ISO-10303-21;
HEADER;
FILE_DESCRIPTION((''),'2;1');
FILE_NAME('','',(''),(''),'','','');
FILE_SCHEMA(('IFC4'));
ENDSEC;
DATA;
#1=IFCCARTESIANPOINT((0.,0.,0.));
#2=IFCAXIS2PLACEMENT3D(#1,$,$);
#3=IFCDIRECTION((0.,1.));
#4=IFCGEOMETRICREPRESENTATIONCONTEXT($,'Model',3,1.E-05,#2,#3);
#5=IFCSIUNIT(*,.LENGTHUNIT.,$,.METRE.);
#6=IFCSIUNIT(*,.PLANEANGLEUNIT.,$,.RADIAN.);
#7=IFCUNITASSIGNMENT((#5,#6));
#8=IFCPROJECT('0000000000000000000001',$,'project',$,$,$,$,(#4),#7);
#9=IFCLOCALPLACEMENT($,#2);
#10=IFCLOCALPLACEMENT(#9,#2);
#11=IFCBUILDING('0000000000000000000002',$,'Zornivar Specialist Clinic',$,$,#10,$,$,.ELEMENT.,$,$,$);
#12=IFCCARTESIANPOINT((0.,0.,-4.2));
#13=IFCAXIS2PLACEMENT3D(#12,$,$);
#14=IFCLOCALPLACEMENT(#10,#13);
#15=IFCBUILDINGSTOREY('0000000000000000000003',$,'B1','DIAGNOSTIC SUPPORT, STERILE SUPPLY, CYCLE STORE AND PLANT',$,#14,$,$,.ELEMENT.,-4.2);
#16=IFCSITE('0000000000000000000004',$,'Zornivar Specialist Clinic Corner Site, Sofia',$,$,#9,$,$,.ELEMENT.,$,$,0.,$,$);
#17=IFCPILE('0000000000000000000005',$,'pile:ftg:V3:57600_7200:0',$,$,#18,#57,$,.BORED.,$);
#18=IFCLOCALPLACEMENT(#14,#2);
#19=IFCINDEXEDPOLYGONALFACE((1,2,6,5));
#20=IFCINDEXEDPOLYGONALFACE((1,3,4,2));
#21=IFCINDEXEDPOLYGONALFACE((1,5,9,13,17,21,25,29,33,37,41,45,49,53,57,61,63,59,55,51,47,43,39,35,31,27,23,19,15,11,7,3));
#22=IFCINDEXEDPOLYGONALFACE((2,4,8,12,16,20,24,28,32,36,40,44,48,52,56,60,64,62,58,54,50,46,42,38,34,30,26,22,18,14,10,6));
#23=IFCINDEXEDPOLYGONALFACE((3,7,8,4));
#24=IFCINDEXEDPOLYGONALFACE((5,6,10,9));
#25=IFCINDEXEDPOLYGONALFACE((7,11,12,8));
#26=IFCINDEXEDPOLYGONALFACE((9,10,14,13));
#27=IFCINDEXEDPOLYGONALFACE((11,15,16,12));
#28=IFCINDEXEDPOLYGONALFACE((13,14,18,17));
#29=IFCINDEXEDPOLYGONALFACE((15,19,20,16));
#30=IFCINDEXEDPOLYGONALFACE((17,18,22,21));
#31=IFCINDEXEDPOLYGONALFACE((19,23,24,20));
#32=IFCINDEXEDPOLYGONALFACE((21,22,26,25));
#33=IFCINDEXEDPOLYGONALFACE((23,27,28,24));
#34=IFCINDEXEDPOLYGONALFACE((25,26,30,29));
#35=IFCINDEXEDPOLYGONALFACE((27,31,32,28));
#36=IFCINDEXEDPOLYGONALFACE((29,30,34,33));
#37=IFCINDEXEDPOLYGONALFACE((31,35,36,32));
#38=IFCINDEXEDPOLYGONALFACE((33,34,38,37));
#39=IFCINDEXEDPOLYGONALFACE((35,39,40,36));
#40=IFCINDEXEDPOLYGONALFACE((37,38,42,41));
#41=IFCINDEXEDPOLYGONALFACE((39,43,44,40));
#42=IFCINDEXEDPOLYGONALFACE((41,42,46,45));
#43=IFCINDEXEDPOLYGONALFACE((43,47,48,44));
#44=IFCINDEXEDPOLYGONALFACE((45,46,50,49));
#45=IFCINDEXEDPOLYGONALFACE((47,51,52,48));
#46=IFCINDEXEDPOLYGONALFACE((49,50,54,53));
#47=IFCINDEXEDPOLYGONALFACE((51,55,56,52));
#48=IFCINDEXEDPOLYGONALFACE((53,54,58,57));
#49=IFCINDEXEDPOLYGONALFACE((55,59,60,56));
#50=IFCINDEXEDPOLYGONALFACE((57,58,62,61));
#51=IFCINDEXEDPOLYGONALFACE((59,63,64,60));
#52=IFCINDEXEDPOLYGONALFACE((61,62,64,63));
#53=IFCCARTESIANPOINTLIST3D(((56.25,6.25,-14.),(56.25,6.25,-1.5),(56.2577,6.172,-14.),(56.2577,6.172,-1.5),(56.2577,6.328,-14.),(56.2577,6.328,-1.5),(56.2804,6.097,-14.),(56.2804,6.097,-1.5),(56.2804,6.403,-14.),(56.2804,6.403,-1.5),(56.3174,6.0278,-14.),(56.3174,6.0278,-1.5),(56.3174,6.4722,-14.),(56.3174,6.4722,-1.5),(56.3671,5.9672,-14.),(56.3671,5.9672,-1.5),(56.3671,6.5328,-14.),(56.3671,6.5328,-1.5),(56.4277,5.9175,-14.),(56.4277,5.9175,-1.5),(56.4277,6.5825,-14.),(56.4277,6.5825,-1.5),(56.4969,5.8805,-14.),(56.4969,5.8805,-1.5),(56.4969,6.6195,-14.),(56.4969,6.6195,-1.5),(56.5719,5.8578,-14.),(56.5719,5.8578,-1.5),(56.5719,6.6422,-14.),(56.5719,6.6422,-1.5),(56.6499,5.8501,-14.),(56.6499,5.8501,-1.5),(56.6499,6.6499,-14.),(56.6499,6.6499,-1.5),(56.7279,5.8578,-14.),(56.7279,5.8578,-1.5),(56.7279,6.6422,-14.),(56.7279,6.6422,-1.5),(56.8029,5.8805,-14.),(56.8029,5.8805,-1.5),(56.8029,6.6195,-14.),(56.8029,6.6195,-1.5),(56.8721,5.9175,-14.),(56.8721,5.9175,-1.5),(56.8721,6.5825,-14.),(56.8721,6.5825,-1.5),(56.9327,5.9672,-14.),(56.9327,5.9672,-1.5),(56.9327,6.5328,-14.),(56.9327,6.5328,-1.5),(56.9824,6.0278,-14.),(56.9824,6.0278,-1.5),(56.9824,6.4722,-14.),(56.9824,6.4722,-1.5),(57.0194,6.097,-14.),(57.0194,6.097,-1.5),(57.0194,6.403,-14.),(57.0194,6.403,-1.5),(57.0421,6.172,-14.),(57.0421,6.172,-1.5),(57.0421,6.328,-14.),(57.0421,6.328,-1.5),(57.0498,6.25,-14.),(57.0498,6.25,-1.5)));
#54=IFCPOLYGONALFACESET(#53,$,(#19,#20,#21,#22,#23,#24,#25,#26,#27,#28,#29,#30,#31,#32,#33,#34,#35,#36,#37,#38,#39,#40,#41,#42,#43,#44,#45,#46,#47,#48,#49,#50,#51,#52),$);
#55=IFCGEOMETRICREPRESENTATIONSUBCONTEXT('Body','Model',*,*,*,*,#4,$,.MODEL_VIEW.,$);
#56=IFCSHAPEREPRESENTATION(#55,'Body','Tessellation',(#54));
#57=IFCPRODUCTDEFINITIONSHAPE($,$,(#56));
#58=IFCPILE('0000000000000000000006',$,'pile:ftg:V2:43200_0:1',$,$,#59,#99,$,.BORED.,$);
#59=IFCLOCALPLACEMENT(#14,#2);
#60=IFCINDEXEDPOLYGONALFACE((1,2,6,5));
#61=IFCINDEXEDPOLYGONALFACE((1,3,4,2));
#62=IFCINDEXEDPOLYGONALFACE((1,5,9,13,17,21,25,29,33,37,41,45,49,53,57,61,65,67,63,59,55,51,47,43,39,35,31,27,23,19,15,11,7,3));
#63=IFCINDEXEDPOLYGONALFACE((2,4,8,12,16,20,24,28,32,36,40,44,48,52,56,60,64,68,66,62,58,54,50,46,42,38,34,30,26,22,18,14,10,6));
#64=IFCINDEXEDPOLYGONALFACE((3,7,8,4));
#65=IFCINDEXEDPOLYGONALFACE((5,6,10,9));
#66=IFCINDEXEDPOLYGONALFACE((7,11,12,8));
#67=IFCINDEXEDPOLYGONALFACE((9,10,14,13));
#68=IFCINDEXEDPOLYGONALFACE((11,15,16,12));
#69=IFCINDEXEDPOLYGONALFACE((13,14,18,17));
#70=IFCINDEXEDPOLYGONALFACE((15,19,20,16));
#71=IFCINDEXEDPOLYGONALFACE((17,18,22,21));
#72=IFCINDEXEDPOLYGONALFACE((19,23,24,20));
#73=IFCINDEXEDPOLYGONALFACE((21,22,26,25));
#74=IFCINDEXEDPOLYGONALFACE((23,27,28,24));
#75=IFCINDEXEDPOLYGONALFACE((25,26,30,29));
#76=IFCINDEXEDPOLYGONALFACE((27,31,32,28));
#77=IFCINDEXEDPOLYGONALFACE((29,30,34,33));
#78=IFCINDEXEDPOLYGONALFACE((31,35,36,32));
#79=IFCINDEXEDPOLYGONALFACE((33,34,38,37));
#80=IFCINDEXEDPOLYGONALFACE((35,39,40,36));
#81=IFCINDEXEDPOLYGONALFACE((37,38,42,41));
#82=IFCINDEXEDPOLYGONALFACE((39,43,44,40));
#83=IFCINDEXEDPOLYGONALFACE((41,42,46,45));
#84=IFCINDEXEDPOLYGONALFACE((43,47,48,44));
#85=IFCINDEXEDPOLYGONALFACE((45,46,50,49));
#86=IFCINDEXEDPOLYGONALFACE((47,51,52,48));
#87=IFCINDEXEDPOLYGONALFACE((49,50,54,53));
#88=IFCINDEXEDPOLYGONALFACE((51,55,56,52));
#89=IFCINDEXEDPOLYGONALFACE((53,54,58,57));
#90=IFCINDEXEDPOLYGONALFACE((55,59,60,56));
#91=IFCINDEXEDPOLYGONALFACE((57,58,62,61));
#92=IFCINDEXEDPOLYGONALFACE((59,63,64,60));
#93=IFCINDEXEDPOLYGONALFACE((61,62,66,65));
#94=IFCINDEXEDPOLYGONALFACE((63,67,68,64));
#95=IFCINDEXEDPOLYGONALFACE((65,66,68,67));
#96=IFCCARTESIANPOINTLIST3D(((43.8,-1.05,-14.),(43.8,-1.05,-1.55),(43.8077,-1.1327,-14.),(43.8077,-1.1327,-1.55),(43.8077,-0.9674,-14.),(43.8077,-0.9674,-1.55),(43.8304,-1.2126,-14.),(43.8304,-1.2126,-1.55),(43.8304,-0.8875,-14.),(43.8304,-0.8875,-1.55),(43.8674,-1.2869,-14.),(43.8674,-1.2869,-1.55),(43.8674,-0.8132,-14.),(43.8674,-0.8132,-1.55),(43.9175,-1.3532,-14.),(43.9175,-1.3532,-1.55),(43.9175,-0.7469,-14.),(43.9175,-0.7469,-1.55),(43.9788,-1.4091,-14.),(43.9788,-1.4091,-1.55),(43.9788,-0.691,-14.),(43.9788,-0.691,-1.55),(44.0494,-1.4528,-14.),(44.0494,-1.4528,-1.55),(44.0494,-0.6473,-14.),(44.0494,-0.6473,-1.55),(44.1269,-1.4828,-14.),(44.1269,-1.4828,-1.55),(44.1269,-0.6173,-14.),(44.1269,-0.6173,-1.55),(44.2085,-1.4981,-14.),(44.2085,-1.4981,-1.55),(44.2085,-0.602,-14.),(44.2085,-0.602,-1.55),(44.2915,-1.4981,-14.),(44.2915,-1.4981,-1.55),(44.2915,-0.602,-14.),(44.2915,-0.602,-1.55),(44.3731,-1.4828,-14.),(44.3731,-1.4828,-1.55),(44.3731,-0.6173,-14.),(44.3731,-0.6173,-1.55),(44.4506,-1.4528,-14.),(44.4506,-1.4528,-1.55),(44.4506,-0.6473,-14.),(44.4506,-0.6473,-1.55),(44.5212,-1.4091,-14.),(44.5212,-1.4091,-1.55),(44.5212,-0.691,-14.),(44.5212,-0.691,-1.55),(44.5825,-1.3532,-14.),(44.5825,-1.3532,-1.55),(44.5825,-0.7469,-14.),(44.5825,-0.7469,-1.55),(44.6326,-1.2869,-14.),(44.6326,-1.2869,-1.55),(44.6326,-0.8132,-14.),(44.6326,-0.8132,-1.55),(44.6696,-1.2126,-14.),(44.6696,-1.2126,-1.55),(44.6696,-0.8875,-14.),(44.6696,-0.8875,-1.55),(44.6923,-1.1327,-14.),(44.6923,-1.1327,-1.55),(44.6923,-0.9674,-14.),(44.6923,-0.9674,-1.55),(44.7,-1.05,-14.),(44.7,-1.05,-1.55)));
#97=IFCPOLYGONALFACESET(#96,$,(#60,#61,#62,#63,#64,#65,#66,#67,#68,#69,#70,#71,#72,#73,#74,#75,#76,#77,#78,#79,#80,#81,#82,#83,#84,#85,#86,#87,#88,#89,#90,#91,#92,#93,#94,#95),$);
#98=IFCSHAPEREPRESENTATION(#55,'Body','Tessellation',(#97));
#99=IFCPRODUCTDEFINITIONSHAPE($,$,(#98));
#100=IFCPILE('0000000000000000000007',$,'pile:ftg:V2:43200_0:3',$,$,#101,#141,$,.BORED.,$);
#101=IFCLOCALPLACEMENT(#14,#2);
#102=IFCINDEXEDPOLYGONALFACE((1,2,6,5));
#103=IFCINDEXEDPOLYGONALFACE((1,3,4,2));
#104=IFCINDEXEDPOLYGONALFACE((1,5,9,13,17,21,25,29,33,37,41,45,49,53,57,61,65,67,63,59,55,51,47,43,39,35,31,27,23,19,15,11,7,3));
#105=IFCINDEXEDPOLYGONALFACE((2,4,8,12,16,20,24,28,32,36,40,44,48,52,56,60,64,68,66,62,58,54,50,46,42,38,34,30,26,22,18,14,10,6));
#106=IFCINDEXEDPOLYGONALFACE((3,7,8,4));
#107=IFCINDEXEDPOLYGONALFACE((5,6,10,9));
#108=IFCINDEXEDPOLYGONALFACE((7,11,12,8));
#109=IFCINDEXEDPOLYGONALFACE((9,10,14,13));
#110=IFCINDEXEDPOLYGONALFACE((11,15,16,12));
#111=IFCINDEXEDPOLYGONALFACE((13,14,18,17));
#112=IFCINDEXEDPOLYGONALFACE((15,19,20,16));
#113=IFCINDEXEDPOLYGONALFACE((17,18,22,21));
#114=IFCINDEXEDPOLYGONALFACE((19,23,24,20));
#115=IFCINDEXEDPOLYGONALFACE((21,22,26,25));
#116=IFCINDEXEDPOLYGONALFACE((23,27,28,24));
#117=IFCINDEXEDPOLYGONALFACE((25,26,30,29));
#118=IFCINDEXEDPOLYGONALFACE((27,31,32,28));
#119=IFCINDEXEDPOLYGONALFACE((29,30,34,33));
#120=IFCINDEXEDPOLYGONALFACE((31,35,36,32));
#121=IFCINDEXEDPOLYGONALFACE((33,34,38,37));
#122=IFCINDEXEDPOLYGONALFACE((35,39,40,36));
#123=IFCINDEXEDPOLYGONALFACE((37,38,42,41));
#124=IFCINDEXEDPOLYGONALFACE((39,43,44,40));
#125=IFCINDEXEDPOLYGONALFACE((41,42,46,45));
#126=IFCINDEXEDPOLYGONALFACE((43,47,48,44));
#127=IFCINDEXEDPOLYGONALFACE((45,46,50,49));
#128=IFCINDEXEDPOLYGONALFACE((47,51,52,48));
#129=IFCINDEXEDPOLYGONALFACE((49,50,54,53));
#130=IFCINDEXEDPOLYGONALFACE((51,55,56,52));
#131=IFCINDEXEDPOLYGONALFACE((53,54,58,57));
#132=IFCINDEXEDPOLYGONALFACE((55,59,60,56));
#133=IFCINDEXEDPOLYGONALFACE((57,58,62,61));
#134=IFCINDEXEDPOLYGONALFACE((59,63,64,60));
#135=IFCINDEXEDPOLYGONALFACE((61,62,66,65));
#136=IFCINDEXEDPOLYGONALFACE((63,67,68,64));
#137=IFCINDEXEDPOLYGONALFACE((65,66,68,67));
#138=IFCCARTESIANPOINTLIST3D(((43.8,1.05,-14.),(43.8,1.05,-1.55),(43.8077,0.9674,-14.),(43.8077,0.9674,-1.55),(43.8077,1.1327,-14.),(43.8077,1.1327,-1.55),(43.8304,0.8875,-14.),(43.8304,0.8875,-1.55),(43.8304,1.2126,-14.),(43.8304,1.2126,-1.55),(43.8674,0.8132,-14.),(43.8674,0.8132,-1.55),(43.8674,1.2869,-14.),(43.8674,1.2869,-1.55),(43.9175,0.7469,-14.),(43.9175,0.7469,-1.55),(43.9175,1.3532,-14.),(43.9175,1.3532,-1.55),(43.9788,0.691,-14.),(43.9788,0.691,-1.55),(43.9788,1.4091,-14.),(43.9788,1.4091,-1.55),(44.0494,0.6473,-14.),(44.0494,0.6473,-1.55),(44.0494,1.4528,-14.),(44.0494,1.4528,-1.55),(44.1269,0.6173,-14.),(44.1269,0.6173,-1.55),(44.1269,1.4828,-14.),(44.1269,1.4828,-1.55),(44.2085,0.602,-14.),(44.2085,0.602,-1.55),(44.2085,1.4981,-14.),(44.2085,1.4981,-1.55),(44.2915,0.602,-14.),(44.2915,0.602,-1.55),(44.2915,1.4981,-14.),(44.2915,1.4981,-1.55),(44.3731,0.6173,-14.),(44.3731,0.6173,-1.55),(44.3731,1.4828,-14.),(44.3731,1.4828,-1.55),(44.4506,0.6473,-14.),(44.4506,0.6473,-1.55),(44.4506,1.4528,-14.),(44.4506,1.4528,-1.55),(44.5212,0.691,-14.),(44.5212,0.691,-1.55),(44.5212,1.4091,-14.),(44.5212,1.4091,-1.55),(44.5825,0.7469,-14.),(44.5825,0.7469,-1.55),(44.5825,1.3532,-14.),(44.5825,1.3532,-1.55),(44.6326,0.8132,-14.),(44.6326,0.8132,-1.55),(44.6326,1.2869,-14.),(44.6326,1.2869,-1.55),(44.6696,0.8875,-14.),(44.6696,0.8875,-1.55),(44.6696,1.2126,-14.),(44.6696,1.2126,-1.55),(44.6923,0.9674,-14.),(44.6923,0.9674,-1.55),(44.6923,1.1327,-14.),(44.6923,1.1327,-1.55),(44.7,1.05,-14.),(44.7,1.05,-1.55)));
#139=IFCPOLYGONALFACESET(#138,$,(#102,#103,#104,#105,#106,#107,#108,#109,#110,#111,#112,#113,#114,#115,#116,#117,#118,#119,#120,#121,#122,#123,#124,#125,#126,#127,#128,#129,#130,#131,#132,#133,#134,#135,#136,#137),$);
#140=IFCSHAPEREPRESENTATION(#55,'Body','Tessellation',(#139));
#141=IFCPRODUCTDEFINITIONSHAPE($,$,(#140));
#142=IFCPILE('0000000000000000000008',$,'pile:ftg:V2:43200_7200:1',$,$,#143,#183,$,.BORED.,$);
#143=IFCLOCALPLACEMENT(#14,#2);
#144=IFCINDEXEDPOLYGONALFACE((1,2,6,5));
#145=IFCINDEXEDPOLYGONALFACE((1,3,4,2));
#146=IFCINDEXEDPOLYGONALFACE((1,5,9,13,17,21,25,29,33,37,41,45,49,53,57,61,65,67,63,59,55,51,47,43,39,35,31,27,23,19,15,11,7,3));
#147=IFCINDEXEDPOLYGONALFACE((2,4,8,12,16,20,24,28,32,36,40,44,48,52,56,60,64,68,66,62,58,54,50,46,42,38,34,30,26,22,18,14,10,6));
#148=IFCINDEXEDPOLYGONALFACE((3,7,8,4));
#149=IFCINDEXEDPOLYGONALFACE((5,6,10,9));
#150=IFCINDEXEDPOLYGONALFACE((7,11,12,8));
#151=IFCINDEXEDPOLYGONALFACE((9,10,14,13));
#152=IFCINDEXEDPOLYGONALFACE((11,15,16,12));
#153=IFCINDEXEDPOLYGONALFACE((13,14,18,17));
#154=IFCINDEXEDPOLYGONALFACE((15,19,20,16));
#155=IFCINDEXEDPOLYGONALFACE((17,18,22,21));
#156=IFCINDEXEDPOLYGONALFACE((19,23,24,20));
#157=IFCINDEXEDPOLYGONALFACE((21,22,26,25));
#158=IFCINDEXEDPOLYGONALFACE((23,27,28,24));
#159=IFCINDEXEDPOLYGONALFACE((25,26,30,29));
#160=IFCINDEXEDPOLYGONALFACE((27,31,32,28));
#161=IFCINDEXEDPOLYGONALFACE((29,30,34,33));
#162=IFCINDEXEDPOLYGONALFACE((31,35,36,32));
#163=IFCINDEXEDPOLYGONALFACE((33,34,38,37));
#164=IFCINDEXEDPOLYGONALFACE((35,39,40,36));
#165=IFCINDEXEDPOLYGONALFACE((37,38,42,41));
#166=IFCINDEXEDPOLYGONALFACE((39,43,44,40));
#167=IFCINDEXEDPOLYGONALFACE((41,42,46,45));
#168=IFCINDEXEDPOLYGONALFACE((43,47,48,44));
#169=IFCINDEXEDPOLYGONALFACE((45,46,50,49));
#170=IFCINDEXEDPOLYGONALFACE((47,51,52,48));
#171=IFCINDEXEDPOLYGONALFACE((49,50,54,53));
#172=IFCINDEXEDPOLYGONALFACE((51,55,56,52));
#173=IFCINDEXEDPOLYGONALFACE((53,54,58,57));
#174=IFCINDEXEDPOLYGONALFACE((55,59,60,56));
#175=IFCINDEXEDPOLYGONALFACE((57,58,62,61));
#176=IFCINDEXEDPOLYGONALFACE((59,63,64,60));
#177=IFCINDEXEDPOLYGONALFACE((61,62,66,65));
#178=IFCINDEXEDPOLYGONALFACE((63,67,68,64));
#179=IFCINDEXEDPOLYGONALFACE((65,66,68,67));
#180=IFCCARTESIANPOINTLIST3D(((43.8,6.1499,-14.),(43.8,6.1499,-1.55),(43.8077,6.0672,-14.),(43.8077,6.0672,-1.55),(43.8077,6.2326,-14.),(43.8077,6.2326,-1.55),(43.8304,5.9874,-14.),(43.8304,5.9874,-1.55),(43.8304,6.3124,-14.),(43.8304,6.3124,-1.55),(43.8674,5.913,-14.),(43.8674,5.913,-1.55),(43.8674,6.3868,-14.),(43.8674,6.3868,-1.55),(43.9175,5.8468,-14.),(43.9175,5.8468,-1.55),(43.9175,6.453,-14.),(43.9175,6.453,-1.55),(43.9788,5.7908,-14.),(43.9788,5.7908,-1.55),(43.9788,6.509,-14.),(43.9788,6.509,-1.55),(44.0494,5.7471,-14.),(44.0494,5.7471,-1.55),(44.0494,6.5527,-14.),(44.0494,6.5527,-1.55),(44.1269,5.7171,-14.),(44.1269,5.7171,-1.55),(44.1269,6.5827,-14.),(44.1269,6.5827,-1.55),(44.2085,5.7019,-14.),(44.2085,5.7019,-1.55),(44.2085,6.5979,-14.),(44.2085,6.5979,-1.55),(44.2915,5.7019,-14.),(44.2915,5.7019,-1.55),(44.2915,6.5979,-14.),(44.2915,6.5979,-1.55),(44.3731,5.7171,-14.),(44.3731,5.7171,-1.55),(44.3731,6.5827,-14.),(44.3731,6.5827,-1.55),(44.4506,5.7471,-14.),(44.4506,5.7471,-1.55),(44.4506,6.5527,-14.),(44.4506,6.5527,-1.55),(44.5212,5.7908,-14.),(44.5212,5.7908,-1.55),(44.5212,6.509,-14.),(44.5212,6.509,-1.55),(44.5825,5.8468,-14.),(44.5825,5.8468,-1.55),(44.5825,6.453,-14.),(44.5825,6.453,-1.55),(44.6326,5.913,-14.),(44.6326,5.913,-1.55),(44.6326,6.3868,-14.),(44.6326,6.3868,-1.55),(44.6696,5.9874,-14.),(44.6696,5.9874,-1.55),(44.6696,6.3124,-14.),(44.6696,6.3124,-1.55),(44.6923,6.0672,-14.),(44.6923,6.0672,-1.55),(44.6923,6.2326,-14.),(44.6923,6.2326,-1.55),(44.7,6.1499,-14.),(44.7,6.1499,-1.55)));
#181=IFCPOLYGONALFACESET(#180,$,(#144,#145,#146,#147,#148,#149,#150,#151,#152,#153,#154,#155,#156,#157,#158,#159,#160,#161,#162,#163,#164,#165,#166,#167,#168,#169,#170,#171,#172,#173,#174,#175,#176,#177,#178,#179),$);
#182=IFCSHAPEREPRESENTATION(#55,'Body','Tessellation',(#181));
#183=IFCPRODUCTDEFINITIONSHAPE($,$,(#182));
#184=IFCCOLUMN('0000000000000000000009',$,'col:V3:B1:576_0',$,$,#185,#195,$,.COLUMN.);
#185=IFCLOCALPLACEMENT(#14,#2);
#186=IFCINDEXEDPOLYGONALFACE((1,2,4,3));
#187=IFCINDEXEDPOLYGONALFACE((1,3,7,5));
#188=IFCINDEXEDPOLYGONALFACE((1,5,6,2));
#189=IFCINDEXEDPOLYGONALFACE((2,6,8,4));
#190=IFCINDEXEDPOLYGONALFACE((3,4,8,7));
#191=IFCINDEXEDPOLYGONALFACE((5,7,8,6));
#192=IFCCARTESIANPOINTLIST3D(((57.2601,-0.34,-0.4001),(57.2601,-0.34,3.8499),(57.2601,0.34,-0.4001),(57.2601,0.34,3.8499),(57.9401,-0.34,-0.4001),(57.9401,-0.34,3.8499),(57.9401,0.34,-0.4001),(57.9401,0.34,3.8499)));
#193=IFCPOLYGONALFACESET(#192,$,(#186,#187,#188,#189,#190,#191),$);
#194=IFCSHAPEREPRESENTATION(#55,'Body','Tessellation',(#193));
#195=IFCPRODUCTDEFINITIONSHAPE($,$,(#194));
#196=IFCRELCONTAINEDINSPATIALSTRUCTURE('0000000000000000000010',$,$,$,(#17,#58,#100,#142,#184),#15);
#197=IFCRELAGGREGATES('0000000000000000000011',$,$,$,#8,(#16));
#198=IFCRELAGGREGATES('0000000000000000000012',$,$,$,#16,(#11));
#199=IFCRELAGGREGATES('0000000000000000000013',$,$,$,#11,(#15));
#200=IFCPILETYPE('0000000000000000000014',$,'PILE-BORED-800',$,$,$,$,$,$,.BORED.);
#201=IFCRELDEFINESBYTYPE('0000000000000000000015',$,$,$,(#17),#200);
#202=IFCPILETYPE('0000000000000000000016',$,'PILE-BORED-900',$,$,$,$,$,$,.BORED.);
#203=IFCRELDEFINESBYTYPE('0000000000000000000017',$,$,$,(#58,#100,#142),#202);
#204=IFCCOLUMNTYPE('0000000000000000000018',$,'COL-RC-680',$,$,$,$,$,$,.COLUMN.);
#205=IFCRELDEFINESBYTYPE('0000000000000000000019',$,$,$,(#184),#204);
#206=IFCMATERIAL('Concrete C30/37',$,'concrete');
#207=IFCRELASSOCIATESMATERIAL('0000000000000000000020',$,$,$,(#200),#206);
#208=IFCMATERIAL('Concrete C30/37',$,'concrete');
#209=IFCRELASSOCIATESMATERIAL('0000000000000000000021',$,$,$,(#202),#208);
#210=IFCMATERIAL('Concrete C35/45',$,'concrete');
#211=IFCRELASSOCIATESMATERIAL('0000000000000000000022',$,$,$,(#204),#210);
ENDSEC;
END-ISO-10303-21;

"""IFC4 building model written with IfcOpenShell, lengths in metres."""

from ifc_helpers import new_model, si_unit, direction, frame, origin, origin_2d, place, context, subcontext, project, spatial, rectangle, circle, extrude, material, material_profile, profile_set, type_object, element, save


model = new_model("IFC4")

# Units and contexts
model_context = context("Model", 3, precision=1e-05, world=origin(), true_north=direction((0.0, 1.0)))
body_context = subcontext(model_context, "Body", "Model", "MODEL_VIEW")
ifc_project = project(units=[si_unit("LENGTHUNIT", "METRE"), si_unit("PLANEANGLEUNIT", "RADIAN")], contexts=[model_context])

# Site, building, storey
site_placement = place(None, origin())
site = spatial("IfcSite", under=ifc_project, at=site_placement, Name="Zornivar Specialist Clinic Corner Site, Sofia", CompositionType="ELEMENT", RefElevation=0.0)
building_placement = place(site_placement, origin())
building = spatial("IfcBuilding", under=site, at=building_placement, Name="Zornivar Specialist Clinic", CompositionType="ELEMENT")
storey_placement = place(building_placement, frame((0.0, 0.0, -4.2)))
storey = spatial("IfcBuildingStorey", under=building, at=storey_placement, Name="B1", Description="DIAGNOSTIC SUPPORT, STERILE SUPPLY, CYCLE STORE AND PLANT", CompositionType="ELEMENT", Elevation=-4.2)

# Piles
ifc_material_1 = material(Name="Concrete C30/37", Category="concrete")
ifc_material_profile_1 = material_profile(ifc_material_1, circle(Radius=0.3999, at=origin_2d()), Name="PILE D800")
ifc_profile_set_1 = profile_set([ifc_material_profile_1], Name="Concrete C30/37")
pile_type_1 = type_object("IfcPileType", Name="PILE-BORED-800", PredefinedType="BORED", material=ifc_profile_set_1)
for number, where, z_axis, x_axis, name in (
    (1, (56.6499, 6.25, -1.5), (0.0, 0.0, -1.0), (1.0, 0.0, 0.0), "pile:ftg:V3:57600_7200:0"),
):
    element("IfcPile", number, at=place(storey_placement, frame(where, z_axis=z_axis, x_axis=x_axis)), inside=storey, type_object=pile_type_1, Name=name, PredefinedType="BORED", context=body_context, shape_type="SweptSolid", body=[
        extrude(circle(Radius=0.3999, at=origin_2d()), origin(), (0.0, 0.0, 1.0), 12.5),
    ])
ifc_material_2 = material(Name="Concrete C30/37", Category="concrete")
ifc_material_profile_2 = material_profile(ifc_material_2, circle(Radius=0.45, at=origin_2d()), Name="PILE D900")
ifc_profile_set_2 = profile_set([ifc_material_profile_2], Name="Concrete C30/37")
pile_type_2 = type_object("IfcPileType", Name="PILE-BORED-900", PredefinedType="BORED", material=ifc_profile_set_2)
for number, where, z_axis, x_axis, name in (
    (2, (44.25, -1.05, -1.55), (0.0, 0.0, -1.0), (1.0, 0.0, 0.0), "pile:ftg:V2:43200_0:1"),
    (3, (44.25, 1.05, -1.55), (0.0, 0.0, -1.0), (1.0, 0.0, 0.0), "pile:ftg:V2:43200_0:3"),
    (4, (44.25, 6.1499, -1.55), (0.0, 0.0, -1.0), (1.0, 0.0, 0.0), "pile:ftg:V2:43200_7200:1"),
):
    element("IfcPile", number, at=place(storey_placement, frame(where, z_axis=z_axis, x_axis=x_axis)), inside=storey, type_object=pile_type_2, Name=name, PredefinedType="BORED", context=body_context, shape_type="SweptSolid", body=[
        extrude(circle(Radius=0.45, at=origin_2d()), origin(), (0.0, 0.0, 1.0), 12.45),
    ])

# Column
ifc_material_3 = material(Name="Concrete C35/45", Category="concrete")
ifc_material_profile_3 = material_profile(ifc_material_3, rectangle(XDim=0.6799, YDim=0.6799, at=origin_2d()), Name="RC 680x680")
ifc_profile_set_3 = profile_set([ifc_material_profile_3], Name="Concrete C35/45")
column_type = type_object("IfcColumnType", Name="COL-RC-680", PredefinedType="COLUMN", material=ifc_profile_set_3)
column_placement = place(storey_placement, frame((57.6001, 0.0, -0.4001), z_axis=(0.0, 0.0, 1.0), x_axis=(1.0, 0.0, 0.0)))
element("IfcColumn", 5, at=column_placement, inside=storey, type_object=column_type, Name="col:V3:B1:576_0", PredefinedType="COLUMN", context=body_context, shape_type="SweptSolid", body=[
    extrude(rectangle(XDim=0.6799, YDim=0.6799, at=origin_2d()), origin(), (0.0, 0.0, 1.0), 4.25),
])

save(model, "model.ifc")
